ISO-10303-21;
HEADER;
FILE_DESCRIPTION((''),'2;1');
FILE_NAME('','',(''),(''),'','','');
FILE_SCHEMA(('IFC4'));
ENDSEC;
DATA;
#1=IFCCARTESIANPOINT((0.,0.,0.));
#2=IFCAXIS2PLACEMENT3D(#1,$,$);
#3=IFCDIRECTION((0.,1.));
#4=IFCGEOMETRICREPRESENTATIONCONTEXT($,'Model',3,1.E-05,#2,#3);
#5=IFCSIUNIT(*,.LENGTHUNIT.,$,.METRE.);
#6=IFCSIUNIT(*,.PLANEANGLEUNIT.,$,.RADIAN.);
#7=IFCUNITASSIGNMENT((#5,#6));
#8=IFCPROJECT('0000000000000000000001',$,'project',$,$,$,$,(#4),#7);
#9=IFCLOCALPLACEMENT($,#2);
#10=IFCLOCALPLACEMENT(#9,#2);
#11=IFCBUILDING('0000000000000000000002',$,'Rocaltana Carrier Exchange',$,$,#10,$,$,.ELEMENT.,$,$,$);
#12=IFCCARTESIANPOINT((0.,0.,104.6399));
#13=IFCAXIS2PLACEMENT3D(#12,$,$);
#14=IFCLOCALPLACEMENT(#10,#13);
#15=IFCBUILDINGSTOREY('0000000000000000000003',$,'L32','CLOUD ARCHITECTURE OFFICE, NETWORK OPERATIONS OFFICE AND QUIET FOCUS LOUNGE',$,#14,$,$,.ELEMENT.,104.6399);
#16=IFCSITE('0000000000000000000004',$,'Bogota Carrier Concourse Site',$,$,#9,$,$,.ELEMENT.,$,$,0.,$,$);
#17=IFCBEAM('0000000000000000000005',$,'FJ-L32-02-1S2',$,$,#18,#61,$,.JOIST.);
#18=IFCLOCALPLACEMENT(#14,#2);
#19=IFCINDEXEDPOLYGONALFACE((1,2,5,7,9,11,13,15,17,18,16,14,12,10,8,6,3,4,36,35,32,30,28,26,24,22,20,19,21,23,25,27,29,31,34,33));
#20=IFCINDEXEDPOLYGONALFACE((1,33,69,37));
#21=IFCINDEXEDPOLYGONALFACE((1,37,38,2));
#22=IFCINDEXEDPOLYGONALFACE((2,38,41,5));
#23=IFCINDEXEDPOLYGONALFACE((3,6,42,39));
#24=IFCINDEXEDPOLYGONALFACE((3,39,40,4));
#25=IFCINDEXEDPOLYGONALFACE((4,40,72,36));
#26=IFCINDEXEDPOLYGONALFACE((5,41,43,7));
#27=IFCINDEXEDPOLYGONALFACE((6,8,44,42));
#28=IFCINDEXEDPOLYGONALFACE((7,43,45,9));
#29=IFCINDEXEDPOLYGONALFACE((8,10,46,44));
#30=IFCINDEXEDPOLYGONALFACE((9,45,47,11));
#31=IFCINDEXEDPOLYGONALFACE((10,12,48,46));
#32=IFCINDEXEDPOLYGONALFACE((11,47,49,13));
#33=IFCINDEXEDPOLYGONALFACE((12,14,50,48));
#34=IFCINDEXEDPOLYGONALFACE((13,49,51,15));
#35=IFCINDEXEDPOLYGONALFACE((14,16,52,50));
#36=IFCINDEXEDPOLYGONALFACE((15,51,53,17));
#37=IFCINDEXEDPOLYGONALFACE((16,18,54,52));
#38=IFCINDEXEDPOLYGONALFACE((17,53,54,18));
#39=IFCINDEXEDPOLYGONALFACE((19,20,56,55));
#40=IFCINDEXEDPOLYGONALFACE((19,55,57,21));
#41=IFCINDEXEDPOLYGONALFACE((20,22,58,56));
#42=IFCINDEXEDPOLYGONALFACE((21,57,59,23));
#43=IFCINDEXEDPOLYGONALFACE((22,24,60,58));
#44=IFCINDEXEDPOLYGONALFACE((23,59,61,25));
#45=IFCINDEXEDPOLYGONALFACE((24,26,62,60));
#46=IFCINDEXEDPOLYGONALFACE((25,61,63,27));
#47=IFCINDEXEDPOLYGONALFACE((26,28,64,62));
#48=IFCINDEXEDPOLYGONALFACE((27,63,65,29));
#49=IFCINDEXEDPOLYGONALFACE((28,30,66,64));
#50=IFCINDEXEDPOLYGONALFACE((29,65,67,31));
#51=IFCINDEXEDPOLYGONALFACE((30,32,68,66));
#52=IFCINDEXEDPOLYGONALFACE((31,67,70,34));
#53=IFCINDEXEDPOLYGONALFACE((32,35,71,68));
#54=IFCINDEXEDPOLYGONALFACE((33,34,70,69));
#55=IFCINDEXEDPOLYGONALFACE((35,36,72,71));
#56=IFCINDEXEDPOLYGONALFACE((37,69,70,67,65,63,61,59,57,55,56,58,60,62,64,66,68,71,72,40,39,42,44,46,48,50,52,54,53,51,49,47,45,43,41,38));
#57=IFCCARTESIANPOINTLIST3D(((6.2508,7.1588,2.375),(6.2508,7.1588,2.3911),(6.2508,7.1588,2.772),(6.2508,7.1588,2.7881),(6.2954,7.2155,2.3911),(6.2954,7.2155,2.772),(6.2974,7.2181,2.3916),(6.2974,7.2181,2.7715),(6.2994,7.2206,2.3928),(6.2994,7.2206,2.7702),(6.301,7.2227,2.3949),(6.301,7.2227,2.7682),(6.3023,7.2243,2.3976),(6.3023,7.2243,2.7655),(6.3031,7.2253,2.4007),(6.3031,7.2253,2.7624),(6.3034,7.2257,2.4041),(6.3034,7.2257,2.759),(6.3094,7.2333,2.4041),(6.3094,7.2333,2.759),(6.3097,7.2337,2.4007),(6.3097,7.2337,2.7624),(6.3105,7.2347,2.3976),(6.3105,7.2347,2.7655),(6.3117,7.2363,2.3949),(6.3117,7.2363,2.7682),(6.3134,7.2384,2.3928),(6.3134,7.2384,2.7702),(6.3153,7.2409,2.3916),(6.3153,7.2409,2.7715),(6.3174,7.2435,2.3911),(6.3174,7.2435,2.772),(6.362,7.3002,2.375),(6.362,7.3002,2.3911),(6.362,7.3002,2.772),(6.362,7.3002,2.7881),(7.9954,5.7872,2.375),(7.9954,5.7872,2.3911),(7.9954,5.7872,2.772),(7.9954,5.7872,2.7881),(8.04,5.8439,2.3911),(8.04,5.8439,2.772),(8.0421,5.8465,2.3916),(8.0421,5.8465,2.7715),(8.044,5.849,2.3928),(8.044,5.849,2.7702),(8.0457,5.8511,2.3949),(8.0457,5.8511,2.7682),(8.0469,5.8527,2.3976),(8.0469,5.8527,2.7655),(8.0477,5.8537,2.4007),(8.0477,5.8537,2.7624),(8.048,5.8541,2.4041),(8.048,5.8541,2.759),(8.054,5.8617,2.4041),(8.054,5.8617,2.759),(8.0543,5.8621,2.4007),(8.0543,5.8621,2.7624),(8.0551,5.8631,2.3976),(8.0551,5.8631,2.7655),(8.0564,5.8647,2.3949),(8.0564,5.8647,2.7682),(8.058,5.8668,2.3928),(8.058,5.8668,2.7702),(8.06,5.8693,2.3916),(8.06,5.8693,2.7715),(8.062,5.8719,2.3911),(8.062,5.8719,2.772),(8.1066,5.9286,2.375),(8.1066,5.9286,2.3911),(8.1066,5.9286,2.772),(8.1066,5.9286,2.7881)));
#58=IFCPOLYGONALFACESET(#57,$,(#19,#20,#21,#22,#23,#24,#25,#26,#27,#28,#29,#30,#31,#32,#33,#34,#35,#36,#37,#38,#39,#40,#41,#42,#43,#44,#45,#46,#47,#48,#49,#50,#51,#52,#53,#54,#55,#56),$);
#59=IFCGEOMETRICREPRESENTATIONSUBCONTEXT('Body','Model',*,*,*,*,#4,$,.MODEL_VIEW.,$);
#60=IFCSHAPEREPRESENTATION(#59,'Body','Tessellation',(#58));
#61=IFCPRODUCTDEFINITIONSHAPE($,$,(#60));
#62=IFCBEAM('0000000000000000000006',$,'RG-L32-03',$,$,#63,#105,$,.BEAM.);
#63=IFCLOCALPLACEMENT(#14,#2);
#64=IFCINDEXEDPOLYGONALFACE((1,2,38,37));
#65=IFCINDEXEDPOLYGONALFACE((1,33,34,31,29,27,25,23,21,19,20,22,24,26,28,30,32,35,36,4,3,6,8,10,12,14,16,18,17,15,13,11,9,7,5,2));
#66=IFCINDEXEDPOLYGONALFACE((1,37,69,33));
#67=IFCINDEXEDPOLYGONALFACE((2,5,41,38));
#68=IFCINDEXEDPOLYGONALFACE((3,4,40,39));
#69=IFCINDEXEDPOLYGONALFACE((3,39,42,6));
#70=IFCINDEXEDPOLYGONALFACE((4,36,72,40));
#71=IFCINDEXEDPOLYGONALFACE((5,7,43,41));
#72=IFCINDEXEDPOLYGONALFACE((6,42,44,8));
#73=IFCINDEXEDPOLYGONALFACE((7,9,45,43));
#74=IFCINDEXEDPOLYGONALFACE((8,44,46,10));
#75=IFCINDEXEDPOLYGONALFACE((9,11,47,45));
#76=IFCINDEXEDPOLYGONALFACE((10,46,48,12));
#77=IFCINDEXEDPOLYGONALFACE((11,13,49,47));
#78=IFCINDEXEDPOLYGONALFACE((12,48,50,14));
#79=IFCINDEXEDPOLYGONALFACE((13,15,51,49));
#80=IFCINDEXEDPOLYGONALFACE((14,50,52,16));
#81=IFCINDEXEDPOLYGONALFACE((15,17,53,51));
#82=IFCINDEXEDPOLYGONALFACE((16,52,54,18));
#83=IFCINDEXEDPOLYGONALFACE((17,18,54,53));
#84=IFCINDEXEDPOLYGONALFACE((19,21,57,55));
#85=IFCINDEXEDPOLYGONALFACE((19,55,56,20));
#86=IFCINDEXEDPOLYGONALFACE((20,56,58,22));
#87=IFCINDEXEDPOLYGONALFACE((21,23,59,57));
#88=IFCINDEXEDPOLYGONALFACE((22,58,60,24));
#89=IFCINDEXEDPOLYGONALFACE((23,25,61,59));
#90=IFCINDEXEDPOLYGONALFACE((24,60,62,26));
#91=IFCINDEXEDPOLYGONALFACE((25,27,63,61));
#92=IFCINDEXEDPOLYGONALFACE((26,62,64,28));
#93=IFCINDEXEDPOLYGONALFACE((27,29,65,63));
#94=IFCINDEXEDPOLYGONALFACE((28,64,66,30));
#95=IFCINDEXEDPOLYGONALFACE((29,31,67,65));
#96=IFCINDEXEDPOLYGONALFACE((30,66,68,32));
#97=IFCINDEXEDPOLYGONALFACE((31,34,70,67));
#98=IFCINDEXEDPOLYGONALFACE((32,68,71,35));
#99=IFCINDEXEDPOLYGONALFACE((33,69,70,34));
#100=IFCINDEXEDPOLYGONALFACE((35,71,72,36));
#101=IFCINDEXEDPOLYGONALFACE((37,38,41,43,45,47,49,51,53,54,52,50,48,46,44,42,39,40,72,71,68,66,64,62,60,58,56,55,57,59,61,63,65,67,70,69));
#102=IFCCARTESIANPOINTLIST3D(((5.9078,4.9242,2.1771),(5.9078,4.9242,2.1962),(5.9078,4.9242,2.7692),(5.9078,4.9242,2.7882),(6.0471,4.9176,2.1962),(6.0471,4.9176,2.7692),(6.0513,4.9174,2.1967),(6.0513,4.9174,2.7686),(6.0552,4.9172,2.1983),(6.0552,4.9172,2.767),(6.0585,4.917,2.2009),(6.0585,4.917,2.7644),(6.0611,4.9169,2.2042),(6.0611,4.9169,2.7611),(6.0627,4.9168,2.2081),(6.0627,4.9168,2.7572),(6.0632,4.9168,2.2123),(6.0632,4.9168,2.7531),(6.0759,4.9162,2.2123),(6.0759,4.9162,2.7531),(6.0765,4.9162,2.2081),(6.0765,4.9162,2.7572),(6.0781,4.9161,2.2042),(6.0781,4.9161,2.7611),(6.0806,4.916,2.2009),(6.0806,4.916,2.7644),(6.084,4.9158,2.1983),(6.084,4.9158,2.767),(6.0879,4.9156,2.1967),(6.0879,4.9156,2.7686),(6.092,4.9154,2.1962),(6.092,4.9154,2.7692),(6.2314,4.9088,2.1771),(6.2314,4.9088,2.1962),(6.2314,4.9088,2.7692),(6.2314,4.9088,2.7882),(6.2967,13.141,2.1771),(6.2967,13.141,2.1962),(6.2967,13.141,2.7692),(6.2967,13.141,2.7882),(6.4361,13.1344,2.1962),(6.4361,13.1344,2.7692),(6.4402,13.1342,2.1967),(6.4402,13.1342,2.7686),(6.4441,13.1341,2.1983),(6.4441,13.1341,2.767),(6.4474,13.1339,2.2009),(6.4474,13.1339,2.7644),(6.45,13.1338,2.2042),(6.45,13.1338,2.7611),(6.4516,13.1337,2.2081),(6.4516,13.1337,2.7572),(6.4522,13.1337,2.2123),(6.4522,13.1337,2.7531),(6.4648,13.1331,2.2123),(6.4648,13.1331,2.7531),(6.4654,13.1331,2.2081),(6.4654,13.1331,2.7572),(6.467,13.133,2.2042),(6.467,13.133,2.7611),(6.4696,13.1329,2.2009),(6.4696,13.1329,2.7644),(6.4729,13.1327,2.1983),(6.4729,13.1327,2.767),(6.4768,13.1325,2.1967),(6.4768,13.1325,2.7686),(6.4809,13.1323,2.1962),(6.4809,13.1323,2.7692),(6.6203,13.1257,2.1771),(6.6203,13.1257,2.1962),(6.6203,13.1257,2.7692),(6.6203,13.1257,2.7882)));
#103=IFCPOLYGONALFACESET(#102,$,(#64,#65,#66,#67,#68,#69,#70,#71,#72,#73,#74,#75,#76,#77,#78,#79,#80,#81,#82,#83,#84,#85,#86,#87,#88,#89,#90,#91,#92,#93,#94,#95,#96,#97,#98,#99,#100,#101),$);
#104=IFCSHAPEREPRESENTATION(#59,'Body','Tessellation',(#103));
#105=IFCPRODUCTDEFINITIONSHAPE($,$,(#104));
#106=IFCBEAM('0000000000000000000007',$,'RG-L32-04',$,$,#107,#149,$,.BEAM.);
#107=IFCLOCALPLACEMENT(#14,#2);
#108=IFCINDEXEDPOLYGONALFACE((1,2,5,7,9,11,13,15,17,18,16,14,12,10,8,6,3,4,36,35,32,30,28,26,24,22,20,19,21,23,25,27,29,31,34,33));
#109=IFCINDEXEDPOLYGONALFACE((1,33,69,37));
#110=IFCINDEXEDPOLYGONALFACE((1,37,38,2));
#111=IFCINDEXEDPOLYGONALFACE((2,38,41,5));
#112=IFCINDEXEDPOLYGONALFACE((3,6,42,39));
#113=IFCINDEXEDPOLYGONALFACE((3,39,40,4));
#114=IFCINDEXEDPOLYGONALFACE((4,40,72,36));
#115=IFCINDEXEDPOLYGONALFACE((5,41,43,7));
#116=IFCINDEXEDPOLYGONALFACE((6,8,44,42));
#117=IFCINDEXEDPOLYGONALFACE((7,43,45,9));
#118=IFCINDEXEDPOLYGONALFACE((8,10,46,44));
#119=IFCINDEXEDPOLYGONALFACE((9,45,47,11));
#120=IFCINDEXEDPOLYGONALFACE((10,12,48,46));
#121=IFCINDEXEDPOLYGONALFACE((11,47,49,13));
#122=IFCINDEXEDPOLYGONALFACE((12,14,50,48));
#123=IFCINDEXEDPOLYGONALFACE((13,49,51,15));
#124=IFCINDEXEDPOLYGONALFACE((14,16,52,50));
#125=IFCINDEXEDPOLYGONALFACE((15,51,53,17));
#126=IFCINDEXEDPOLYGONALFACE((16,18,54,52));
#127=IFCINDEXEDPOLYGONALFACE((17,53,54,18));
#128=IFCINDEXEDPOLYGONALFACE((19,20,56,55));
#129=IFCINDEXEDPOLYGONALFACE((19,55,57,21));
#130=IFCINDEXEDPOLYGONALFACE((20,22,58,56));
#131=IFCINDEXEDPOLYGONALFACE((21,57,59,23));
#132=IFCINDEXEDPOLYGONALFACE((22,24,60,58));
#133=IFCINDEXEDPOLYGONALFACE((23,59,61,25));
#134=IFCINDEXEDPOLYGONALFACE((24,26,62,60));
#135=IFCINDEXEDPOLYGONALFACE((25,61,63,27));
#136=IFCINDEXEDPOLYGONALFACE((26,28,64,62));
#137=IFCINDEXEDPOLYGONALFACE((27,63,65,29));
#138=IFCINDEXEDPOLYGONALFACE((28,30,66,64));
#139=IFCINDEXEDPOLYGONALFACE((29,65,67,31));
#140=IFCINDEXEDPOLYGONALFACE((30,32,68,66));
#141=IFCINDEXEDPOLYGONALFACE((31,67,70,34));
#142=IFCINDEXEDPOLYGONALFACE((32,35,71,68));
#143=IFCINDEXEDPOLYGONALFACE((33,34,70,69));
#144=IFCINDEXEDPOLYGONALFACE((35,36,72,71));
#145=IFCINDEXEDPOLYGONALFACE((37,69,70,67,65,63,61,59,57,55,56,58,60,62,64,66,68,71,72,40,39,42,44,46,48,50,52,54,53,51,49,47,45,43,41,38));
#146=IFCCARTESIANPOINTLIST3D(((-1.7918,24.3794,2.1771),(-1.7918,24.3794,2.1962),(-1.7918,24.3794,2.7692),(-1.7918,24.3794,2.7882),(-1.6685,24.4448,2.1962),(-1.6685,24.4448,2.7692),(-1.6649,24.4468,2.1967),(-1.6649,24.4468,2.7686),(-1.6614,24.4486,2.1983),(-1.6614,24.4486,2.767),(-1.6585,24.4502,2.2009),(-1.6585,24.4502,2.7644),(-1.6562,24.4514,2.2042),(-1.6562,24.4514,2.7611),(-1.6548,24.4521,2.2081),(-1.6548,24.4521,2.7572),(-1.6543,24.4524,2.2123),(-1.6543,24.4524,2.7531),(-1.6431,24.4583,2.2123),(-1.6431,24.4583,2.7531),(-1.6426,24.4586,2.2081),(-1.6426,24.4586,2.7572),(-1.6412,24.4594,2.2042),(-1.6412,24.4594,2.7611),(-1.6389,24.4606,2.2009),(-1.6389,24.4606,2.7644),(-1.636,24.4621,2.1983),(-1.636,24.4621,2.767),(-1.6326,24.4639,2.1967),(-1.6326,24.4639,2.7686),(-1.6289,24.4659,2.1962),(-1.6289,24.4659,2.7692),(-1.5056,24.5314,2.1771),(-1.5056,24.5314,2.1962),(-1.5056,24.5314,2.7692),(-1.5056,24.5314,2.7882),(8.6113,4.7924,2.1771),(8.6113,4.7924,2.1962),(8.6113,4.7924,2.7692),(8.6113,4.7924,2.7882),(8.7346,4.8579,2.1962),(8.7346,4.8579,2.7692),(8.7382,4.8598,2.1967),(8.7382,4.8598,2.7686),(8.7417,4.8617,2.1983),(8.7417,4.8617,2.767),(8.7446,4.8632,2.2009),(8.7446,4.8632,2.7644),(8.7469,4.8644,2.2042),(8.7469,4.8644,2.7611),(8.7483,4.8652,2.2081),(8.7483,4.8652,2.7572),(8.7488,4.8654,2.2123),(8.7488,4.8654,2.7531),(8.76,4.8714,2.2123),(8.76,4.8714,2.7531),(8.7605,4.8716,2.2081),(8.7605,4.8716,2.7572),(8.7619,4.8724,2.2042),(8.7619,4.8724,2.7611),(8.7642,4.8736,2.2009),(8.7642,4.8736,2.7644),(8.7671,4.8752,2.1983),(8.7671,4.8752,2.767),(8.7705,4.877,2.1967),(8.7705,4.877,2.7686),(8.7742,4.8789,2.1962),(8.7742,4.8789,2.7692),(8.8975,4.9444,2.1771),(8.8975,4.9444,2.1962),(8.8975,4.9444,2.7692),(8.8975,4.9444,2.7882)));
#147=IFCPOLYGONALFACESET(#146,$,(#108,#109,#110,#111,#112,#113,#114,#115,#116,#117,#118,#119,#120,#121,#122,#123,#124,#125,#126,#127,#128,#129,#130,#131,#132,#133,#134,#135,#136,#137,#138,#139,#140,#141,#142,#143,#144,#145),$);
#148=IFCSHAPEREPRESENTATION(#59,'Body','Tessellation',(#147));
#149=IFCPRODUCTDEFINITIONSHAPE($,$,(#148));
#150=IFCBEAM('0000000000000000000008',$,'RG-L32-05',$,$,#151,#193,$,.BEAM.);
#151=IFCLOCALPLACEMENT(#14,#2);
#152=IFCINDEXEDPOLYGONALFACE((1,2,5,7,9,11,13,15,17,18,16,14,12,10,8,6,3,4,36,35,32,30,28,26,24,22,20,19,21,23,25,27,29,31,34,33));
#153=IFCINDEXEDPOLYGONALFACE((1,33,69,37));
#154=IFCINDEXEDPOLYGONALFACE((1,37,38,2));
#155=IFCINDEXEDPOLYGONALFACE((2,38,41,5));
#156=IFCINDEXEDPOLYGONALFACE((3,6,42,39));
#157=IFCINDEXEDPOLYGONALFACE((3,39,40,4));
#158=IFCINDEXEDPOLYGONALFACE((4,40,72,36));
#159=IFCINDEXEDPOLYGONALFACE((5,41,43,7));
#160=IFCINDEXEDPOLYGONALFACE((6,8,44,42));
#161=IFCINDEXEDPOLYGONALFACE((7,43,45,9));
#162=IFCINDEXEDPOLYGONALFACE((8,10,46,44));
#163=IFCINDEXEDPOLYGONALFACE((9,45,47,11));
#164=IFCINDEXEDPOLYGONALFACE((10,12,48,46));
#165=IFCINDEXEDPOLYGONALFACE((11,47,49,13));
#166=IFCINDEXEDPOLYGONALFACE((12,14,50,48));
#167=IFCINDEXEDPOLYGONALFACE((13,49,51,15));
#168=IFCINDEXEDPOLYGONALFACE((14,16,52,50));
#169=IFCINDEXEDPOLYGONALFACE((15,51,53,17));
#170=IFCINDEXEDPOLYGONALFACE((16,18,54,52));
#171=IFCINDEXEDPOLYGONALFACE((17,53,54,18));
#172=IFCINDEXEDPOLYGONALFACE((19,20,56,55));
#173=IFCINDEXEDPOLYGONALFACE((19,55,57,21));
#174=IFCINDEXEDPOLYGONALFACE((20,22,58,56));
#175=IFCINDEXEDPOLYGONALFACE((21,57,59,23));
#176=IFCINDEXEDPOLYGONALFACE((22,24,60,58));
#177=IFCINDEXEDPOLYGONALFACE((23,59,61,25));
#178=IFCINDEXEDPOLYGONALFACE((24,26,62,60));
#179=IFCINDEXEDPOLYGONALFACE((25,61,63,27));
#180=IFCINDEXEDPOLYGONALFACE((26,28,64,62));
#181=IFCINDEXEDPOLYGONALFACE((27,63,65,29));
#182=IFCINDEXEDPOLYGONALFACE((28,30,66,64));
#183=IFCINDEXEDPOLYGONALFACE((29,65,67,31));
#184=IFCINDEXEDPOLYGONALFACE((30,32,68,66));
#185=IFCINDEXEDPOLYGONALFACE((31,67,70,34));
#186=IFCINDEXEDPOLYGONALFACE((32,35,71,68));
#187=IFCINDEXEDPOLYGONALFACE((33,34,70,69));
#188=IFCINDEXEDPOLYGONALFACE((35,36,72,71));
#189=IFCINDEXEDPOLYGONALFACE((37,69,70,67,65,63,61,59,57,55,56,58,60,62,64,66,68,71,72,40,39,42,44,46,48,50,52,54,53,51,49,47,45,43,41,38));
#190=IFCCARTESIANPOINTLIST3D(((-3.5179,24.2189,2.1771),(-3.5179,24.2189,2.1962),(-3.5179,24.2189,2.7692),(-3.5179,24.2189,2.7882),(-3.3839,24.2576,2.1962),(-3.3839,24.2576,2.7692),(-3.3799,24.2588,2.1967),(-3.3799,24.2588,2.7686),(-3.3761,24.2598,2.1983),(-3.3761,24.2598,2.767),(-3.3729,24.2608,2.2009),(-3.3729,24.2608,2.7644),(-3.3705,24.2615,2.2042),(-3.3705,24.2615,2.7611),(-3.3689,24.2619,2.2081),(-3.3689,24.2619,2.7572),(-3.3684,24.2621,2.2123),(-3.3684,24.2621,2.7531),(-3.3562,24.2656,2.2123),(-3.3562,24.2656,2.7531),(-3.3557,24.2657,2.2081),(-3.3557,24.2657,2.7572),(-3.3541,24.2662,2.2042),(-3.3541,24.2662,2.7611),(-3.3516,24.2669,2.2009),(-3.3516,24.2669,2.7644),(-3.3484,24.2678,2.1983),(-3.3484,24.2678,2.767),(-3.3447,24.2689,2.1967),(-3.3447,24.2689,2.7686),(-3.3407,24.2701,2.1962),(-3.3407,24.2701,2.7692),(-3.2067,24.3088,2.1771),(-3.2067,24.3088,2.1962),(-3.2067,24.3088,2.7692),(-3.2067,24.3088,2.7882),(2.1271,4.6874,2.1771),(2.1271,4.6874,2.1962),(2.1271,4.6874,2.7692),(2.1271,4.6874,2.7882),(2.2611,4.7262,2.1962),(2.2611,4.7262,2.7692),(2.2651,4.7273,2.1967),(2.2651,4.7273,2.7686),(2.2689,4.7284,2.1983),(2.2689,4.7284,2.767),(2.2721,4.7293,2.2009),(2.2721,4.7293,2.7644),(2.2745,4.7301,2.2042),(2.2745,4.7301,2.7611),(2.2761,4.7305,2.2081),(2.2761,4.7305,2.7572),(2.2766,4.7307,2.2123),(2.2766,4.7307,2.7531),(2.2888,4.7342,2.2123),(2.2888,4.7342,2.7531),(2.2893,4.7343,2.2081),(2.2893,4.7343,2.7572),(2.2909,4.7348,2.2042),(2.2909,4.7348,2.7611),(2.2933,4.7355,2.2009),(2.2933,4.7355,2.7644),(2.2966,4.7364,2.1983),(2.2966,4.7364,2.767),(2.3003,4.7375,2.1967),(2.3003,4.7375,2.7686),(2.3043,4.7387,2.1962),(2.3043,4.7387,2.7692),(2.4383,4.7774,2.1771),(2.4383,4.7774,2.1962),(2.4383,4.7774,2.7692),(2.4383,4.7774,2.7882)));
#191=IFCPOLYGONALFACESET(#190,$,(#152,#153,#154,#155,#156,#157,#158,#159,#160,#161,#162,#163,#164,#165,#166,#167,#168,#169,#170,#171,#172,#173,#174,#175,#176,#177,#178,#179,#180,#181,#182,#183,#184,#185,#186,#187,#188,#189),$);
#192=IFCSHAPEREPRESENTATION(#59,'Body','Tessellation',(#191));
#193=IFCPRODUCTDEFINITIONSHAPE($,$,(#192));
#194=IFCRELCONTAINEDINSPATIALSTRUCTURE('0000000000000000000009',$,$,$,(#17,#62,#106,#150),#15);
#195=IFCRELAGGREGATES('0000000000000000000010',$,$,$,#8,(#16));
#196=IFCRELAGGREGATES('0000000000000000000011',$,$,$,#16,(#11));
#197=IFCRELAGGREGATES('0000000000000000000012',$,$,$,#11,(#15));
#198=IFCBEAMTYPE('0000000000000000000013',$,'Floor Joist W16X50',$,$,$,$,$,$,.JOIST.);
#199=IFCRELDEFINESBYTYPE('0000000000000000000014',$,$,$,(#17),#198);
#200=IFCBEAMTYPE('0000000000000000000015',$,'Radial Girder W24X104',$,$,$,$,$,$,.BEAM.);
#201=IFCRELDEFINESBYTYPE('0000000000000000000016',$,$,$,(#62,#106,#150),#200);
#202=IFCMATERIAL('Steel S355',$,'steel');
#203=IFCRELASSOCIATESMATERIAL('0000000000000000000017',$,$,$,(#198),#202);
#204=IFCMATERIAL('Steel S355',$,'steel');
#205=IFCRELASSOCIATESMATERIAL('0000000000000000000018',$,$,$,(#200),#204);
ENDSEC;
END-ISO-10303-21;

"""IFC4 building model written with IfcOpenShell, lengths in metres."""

from ifc_helpers import new_model, si_unit, direction, frame, origin, origin_2d, place, context, subcontext, project, spatial, i_section, extrude, material, material_profile, profile_set, type_object, element, save


model = new_model("IFC4")

# Units and contexts
model_context = context("Model", 3, precision=1e-05, world=origin(), true_north=direction((0.0, 1.0)))
body_context = subcontext(model_context, "Body", "Model", "MODEL_VIEW")
ifc_project = project(units=[si_unit("LENGTHUNIT", "METRE"), si_unit("PLANEANGLEUNIT", "RADIAN")], contexts=[model_context])

# Site, building, storey
site_placement = place(None, origin())
site = spatial("IfcSite", under=ifc_project, at=site_placement, Name="Bogota Carrier Concourse Site", CompositionType="ELEMENT", RefElevation=0.0)
building_placement = place(site_placement, origin())
building = spatial("IfcBuilding", under=site, at=building_placement, Name="Rocaltana Carrier Exchange", CompositionType="ELEMENT")
storey_placement = place(building_placement, frame((0.0, 0.0, 104.6399)))
storey = spatial("IfcBuildingStorey", under=building, at=storey_placement, Name="L32", Description="CLOUD ARCHITECTURE OFFICE, NETWORK OPERATIONS OFFICE AND QUIET FOCUS LOUNGE", CompositionType="ELEMENT", Elevation=104.6399)

# Beams
ifc_material_1 = material(Name="Steel S355", Category="steel")
ifc_material_profile_1 = material_profile(ifc_material_1, i_section(OverallWidth=0.1799, OverallDepth=0.4131, WebThickness=0.0098, FlangeThickness=0.0161, FilletRadius=0.0129, at=origin_2d()), Name="W16X50")
ifc_profile_set_1 = profile_set([ifc_material_profile_1], Name="Steel S355")
beam_type_1 = type_object("IfcBeamType", Name="Floor Joist W16X50", PredefinedType="JOIST", material=ifc_profile_set_1)
beam_1_placement = place(storey_placement, frame((8.051, 5.8579, 2.5815), z_axis=(-0.786143, 0.618045, 0.0), x_axis=(-0.618045, -0.786143, 0.0)))
element("IfcBeam", 1, at=beam_1_placement, inside=storey, type_object=beam_type_1, Name="FJ-L32-02-1S2", PredefinedType="JOIST", context=body_context, shape_type="SweptSolid", body=[
    extrude(i_section(OverallWidth=0.1799, OverallDepth=0.4131, WebThickness=0.0098, FlangeThickness=0.0161, FilletRadius=0.0129, at=origin_2d()), origin(), (0.0, 0.0, 1.0), 2.2192),
])
ifc_material_2 = material(Name="Steel S355", Category="steel")
ifc_material_profile_2 = material_profile(ifc_material_2, i_section(OverallWidth=0.324, OverallDepth=0.6111, WebThickness=0.0127, FlangeThickness=0.019, FilletRadius=0.0161, at=origin_2d()), Name="W24X104")
ifc_profile_set_2 = profile_set([ifc_material_profile_2], Name="Steel S355")
beam_type_2 = type_object("IfcBeamType", Name="Radial Girder W24X104", PredefinedType="BEAM", material=ifc_profile_set_2)
beam_2_placement = place(storey_placement, frame((6.0696, 4.9165, 2.4827), z_axis=(0.047279, 0.998882, 0.0), x_axis=(-0.998882, 0.047279, 0.0)))
element("IfcBeam", 2, at=beam_2_placement, inside=storey, type_object=beam_type_2, Name="RG-L32-03", PredefinedType="BEAM", context=body_context, shape_type="SweptSolid", body=[
    extrude(i_section(OverallWidth=0.324, OverallDepth=0.6111, WebThickness=0.0127, FlangeThickness=0.019, FilletRadius=0.0161, at=origin_2d()), origin(), (0.0, 0.0, 1.0), 8.2261),
])
beam_3_placement = place(storey_placement, frame((8.7544, 4.8684, 2.4827), z_axis=(-0.469068, 0.883162, 0.0), x_axis=(-0.883162, -0.469068, 0.0)))
element("IfcBeam", 3, at=beam_3_placement, inside=storey, type_object=beam_type_2, Name="RG-L32-04", PredefinedType="BEAM", context=body_context, shape_type="SweptSolid", body=[
    extrude(i_section(OverallWidth=0.324, OverallDepth=0.6111, WebThickness=0.0127, FlangeThickness=0.019, FilletRadius=0.0161, at=origin_2d()), origin(), (0.0, 0.0, 1.0), 22.1782),
])
beam_4_placement = place(storey_placement, frame((2.2827, 4.7324, 2.4827), z_axis=(-0.277657, 0.96068, 0.0), x_axis=(-0.96068, -0.277657, 0.0)))
element("IfcBeam", 4, at=beam_4_placement, inside=storey, type_object=beam_type_2, Name="RG-L32-05", PredefinedType="BEAM", context=body_context, shape_type="SweptSolid", body=[
    extrude(i_section(OverallWidth=0.324, OverallDepth=0.6111, WebThickness=0.0127, FlangeThickness=0.019, FilletRadius=0.0161, at=origin_2d()), origin(), (0.0, 0.0, 1.0), 20.3308),
])

save(model, "model.ifc")
